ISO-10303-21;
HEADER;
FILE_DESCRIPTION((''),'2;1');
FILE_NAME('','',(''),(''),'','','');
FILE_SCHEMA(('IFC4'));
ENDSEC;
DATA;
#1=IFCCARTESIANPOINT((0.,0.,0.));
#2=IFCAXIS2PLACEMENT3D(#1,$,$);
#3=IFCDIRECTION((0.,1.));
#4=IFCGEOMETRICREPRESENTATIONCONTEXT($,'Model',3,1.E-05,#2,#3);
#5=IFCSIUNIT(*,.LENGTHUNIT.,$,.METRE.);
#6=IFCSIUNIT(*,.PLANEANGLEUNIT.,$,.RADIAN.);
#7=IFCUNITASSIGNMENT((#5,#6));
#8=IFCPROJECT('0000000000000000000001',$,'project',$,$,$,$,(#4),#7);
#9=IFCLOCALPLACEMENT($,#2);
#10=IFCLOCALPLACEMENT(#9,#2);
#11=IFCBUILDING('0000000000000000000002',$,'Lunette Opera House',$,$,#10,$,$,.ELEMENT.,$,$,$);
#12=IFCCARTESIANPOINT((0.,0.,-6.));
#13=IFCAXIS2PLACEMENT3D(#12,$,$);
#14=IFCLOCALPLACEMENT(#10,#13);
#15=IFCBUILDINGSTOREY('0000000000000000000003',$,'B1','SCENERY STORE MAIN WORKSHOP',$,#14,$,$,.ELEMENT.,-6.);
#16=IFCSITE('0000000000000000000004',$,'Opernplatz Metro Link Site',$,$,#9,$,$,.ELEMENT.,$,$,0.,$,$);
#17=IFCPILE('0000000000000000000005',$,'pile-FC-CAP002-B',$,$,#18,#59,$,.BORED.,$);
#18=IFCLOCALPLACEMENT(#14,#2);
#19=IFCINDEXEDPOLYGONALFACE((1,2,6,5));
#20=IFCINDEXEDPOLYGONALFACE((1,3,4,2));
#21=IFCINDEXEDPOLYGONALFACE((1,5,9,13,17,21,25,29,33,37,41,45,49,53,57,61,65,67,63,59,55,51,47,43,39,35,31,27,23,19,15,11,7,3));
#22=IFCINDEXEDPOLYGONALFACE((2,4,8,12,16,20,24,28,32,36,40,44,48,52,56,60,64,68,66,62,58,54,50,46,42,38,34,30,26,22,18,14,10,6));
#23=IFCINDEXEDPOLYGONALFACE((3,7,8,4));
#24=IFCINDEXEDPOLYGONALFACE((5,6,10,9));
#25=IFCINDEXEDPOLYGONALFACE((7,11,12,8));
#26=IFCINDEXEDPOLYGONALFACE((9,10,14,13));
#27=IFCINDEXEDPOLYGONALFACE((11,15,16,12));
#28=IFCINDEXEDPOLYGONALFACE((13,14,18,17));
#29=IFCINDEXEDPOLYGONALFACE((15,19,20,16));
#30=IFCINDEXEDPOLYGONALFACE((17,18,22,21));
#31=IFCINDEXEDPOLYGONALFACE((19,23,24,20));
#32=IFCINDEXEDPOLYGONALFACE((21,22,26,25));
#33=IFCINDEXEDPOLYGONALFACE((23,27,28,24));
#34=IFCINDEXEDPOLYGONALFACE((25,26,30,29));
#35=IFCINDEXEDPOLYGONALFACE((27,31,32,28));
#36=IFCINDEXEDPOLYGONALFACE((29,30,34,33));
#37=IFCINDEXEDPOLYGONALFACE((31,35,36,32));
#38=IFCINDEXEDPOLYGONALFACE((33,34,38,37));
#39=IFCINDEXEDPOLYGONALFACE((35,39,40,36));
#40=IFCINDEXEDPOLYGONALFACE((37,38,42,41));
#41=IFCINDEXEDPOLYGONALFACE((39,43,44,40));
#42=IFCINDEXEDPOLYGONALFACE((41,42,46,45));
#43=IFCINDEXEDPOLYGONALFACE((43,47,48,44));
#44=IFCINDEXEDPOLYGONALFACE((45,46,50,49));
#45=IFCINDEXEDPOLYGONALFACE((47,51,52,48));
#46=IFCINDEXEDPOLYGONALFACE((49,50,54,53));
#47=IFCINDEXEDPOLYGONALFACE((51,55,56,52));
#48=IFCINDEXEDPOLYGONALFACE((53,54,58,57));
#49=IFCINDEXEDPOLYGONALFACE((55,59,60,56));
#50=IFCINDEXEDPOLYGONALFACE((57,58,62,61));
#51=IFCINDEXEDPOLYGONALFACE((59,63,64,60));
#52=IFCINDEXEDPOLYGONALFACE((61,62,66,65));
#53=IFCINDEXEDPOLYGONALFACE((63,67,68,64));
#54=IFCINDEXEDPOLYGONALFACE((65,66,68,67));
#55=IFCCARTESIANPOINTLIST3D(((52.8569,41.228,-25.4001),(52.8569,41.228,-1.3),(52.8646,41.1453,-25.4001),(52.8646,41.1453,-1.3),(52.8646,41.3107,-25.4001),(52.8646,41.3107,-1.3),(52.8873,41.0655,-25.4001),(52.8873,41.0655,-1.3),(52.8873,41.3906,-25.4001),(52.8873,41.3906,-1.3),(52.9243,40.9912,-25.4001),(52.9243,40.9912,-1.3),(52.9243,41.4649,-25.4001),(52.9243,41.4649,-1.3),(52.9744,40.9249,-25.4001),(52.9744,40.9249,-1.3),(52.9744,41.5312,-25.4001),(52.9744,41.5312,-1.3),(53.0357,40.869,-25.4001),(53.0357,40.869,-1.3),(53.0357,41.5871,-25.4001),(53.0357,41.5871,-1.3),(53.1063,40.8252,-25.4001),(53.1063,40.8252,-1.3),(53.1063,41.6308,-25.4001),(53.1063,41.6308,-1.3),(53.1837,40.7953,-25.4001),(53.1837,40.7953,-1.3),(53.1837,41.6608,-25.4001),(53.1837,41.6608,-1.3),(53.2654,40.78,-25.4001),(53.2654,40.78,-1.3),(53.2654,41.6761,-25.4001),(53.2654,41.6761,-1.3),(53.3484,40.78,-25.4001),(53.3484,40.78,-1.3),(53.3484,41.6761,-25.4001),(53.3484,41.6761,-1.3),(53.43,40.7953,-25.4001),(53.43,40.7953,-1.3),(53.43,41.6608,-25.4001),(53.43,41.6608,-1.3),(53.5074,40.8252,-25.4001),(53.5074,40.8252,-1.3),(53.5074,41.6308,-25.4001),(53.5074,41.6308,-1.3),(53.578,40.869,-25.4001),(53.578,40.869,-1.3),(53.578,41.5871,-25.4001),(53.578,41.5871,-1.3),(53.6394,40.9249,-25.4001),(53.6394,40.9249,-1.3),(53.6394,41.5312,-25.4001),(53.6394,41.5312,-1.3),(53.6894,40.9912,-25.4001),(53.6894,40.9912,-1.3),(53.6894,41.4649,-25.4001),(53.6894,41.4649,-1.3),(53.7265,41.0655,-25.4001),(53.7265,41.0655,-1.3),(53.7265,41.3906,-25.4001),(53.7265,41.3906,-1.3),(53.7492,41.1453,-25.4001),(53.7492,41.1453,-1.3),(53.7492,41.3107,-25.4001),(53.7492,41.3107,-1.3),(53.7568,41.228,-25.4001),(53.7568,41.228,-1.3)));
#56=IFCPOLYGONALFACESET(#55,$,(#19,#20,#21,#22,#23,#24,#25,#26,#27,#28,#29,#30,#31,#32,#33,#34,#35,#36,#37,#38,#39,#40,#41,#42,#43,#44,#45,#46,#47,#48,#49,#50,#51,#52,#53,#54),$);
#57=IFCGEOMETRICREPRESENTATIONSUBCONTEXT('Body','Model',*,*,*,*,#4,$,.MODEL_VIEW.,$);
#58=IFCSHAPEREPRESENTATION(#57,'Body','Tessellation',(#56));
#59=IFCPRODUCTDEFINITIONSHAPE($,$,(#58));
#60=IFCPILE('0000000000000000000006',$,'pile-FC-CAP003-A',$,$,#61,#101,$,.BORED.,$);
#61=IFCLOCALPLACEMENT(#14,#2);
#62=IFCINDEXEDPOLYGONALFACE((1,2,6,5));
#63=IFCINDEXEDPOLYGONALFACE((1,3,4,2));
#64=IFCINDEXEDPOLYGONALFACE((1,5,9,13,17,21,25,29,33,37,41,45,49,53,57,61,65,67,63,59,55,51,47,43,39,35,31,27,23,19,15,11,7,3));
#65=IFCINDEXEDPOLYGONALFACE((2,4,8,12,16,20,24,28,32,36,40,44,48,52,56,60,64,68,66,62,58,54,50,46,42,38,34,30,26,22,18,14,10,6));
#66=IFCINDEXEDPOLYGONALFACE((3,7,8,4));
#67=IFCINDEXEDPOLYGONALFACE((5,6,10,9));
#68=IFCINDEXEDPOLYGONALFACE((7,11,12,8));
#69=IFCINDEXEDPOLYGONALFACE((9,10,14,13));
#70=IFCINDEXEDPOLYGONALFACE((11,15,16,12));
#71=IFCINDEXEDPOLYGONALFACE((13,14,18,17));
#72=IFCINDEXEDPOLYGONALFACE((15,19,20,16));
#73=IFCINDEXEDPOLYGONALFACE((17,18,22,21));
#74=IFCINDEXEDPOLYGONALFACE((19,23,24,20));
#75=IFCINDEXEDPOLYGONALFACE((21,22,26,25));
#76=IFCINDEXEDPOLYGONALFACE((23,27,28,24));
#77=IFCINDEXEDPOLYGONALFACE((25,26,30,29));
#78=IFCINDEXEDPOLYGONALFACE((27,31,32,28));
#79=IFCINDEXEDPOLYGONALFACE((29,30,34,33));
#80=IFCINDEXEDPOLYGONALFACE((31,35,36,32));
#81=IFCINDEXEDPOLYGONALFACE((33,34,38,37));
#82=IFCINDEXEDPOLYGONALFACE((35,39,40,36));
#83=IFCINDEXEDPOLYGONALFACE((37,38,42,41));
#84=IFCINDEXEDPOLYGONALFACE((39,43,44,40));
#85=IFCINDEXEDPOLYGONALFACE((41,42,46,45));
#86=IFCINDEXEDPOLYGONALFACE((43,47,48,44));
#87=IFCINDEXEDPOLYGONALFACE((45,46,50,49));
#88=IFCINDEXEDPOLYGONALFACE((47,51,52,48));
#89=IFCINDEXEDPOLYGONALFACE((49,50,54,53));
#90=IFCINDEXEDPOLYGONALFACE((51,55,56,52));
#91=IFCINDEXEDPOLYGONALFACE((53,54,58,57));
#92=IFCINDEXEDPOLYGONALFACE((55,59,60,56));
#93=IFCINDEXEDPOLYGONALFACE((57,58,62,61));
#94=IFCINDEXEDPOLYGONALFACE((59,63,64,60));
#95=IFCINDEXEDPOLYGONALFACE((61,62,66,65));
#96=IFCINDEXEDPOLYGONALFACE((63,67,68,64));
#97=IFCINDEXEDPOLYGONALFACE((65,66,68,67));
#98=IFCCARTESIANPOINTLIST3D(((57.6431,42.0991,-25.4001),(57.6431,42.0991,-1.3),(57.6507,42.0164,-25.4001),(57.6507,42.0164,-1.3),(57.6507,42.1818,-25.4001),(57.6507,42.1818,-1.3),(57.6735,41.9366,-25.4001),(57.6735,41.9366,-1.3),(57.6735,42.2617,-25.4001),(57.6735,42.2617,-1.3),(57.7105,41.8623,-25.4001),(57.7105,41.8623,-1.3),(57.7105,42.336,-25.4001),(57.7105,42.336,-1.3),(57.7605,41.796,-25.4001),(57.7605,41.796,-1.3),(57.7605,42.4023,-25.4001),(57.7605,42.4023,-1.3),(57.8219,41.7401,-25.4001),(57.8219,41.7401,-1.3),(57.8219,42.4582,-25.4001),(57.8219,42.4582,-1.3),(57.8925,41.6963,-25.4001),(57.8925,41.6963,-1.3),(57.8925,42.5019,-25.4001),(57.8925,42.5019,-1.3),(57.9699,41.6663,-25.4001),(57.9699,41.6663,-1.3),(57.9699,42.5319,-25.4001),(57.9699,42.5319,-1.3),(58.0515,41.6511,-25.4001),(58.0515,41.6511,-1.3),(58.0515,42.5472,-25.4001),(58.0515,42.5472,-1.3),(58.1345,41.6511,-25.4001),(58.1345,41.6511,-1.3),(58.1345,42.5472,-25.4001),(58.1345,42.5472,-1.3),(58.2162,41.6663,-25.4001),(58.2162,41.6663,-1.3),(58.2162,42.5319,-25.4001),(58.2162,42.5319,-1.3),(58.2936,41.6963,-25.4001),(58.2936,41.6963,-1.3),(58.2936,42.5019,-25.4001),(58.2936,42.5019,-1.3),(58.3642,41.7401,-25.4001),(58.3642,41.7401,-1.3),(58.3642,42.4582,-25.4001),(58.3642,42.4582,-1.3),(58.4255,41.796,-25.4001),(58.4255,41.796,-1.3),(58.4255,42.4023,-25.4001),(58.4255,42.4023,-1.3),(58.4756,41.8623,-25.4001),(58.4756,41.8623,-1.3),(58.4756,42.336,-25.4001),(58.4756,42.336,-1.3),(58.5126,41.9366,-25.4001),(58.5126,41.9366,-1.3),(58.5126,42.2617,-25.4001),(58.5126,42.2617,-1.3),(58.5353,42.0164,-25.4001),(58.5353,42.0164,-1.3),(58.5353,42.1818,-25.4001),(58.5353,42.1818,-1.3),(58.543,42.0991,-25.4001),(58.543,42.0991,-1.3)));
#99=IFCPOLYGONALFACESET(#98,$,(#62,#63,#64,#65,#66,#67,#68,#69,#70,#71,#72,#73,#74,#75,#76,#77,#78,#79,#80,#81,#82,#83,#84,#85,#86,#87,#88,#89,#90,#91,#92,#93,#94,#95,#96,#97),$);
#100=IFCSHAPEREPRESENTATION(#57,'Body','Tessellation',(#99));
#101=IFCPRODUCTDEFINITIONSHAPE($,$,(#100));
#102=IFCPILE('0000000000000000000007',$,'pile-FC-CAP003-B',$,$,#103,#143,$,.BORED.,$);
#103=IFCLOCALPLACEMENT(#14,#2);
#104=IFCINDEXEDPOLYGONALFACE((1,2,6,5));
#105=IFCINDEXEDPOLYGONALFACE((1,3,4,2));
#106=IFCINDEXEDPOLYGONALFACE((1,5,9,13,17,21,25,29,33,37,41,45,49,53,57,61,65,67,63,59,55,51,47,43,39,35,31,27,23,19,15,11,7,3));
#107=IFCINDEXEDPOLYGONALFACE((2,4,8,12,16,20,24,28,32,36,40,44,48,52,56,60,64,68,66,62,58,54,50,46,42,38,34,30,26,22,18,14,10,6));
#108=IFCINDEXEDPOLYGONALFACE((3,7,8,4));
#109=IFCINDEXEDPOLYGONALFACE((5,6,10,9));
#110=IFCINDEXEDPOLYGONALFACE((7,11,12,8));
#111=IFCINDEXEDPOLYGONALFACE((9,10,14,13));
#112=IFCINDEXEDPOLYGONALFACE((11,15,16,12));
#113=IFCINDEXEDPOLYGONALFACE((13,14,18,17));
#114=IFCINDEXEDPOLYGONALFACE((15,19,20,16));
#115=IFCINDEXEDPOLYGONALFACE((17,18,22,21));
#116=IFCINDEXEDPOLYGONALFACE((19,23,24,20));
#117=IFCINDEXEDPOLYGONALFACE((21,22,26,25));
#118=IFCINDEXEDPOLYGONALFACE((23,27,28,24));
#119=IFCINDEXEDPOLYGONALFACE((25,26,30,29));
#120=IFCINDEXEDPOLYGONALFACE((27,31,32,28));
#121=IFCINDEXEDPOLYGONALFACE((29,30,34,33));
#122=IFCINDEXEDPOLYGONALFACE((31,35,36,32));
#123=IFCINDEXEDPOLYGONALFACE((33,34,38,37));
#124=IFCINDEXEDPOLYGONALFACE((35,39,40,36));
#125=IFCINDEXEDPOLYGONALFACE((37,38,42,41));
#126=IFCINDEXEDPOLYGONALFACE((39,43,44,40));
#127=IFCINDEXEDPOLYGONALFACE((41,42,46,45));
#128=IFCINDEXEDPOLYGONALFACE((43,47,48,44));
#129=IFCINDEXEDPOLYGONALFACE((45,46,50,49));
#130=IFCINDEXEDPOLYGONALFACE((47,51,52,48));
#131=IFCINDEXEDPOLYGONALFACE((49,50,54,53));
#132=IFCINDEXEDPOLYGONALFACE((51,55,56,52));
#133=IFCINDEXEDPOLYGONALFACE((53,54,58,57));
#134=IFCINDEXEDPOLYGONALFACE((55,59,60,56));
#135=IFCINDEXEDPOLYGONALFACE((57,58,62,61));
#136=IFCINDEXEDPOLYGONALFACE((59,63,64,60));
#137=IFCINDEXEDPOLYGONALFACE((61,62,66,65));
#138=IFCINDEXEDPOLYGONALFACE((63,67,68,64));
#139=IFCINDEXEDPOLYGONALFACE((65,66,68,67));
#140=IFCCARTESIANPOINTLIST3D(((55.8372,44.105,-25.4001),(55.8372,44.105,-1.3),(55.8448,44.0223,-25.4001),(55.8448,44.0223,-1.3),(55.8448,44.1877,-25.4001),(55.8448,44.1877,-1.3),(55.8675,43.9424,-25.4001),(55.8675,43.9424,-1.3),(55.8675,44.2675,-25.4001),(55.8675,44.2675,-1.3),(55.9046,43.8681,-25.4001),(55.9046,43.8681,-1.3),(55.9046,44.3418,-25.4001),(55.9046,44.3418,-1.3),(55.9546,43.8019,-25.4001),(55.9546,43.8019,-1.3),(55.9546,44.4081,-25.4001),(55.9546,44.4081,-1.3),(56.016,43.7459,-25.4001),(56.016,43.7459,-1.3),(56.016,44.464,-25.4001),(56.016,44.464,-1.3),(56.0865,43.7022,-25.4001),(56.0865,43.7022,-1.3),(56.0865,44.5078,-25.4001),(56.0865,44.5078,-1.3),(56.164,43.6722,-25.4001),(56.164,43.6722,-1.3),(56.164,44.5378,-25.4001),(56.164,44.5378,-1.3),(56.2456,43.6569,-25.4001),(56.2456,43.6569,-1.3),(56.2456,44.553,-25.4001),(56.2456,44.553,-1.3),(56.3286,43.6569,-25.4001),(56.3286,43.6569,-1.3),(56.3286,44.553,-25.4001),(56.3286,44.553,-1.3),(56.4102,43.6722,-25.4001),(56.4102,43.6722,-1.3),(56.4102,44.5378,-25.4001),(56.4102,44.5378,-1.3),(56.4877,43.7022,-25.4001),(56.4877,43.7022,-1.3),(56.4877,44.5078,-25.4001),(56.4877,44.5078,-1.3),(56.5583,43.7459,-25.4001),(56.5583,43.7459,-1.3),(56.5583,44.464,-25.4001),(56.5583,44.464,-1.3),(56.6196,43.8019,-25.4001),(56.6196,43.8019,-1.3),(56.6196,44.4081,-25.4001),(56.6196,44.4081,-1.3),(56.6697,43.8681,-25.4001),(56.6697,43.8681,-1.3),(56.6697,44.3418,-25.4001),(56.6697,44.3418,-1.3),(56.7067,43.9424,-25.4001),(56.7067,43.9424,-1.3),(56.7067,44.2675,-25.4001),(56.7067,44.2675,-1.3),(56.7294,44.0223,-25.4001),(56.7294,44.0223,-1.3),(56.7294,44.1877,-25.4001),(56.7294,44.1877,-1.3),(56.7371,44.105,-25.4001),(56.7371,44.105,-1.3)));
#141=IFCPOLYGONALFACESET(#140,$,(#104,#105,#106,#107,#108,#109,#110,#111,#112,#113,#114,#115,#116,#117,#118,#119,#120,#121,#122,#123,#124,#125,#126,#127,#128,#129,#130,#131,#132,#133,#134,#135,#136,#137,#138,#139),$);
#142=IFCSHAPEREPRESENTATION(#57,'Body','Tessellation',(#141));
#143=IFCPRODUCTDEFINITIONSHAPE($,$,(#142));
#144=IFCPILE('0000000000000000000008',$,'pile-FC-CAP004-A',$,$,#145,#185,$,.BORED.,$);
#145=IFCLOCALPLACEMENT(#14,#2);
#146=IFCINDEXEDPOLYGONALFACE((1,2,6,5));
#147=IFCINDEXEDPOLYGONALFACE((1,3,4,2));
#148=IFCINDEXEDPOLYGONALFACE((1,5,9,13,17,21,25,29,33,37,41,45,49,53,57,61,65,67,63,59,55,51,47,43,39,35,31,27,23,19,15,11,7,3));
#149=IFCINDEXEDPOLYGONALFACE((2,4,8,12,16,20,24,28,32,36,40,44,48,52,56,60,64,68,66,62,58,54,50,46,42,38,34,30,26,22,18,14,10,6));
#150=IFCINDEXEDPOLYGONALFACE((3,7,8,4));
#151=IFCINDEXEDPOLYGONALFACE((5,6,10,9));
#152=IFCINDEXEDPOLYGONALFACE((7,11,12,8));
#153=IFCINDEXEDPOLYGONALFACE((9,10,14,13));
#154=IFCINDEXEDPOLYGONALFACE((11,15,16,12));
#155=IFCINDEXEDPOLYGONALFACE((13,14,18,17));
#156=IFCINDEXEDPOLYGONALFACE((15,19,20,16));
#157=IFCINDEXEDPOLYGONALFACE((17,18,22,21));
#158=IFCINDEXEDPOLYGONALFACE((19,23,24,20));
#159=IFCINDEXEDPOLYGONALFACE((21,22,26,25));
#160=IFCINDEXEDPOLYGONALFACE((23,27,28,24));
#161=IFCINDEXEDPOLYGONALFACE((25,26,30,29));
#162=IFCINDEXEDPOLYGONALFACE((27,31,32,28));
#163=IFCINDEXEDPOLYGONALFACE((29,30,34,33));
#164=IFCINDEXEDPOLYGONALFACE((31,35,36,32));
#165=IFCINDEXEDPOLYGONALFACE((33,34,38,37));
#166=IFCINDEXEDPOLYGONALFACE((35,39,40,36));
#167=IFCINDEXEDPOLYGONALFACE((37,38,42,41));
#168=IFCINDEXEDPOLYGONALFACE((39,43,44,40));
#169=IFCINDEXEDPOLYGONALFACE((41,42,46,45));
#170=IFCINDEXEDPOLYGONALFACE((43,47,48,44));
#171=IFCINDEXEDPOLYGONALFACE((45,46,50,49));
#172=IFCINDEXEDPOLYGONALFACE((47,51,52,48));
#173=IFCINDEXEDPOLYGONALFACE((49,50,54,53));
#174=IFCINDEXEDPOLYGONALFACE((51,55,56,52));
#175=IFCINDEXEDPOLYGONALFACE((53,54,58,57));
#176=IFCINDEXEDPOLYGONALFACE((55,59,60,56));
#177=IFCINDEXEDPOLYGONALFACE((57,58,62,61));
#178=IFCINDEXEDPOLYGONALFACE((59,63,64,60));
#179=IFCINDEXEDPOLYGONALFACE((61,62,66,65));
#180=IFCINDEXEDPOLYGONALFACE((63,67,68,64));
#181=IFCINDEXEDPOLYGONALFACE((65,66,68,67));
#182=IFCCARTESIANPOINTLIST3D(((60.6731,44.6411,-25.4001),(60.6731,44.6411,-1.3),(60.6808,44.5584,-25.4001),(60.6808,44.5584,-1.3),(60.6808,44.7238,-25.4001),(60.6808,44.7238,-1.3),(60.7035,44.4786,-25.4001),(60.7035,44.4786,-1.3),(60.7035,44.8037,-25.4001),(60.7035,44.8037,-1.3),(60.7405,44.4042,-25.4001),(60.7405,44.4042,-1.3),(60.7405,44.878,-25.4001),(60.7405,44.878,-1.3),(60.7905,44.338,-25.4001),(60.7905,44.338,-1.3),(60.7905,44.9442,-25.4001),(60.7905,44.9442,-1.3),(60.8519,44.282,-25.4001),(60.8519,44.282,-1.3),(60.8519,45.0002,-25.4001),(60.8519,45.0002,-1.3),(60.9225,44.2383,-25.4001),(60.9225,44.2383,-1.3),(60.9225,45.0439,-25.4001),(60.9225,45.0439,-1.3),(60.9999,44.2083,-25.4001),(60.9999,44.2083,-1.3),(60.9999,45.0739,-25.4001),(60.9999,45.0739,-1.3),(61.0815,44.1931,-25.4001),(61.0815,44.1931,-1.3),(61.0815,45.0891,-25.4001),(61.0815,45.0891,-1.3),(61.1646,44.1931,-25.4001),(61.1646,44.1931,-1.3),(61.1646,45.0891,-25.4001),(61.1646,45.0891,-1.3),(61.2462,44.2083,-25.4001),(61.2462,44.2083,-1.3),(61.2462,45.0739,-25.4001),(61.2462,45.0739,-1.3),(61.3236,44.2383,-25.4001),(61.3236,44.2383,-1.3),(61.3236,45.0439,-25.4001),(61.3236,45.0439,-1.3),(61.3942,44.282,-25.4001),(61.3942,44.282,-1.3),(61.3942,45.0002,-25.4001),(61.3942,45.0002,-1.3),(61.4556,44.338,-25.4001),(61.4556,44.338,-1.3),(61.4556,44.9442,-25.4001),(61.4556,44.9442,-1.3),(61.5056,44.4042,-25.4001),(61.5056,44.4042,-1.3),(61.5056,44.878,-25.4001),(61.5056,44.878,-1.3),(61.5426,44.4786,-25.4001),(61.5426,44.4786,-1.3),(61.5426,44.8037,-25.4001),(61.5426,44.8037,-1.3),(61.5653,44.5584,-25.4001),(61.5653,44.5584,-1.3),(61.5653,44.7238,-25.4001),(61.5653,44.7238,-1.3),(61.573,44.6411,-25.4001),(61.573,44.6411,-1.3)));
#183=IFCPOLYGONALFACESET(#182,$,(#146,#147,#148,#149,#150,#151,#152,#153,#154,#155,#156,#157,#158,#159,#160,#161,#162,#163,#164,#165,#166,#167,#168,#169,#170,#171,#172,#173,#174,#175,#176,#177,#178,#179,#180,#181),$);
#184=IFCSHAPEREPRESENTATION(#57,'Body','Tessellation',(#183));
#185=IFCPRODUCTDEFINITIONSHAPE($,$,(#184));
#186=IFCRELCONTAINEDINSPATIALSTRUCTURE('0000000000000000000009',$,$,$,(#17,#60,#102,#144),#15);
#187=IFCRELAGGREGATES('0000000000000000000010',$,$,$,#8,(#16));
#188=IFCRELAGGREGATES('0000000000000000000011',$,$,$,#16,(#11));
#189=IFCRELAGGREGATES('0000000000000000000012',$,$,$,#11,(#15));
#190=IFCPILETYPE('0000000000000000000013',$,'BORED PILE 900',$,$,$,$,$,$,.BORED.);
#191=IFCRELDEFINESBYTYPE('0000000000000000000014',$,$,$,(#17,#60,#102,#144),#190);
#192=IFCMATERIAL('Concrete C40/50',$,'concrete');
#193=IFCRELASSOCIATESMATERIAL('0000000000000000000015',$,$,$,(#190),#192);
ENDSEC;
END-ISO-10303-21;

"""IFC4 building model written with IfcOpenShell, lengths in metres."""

from ifc_helpers import new_model, si_unit, direction, frame, origin, origin_2d, place, context, subcontext, project, spatial, circle, extrude, material, material_profile, profile_set, type_object, element, save


model = new_model("IFC4")

# Units and contexts
model_context = context("Model", 3, precision=1e-05, world=origin(), true_north=direction((0.0, 1.0)))
body_context = subcontext(model_context, "Body", "Model", "MODEL_VIEW")
ifc_project = project(units=[si_unit("LENGTHUNIT", "METRE"), si_unit("PLANEANGLEUNIT", "RADIAN")], contexts=[model_context])

# Site, building, storey
site_placement = place(None, origin())
site = spatial("IfcSite", under=ifc_project, at=site_placement, Name="Opernplatz Metro Link Site", CompositionType="ELEMENT", RefElevation=0.0)
building_placement = place(site_placement, origin())
building = spatial("IfcBuilding", under=site, at=building_placement, Name="Lunette Opera House", CompositionType="ELEMENT")
storey_placement = place(building_placement, frame((0.0, 0.0, -6.0)))
storey = spatial("IfcBuildingStorey", under=building, at=storey_placement, Name="B1", Description="SCENERY STORE MAIN WORKSHOP", CompositionType="ELEMENT", Elevation=-6.0)

# Piles
ifc_material_1 = material(Name="Concrete C40/50", Category="concrete")
ifc_material_profile_1 = material_profile(ifc_material_1, circle(Radius=0.45, at=origin_2d()), Name="BORED PILE 900")
ifc_profile_set_1 = profile_set([ifc_material_profile_1], Name="Concrete C40/50")
pile_type = type_object("IfcPileType", Name="BORED PILE 900", PredefinedType="BORED", material=ifc_profile_set_1)
for number, where, z_axis, x_axis, name in (
    (1, (53.3069, 41.228, -1.3), (0.0, 0.0, -1.0), (1.0, 0.0, 0.0), "pile-FC-CAP002-B"),
    (2, (58.093, 42.0991, -1.3), (0.0, 0.0, -1.0), (1.0, 0.0, 0.0), "pile-FC-CAP003-A"),
    (3, (56.2871, 44.105, -1.3), (0.0, 0.0, -1.0), (1.0, 0.0, 0.0), "pile-FC-CAP003-B"),
    (4, (61.123, 44.6411, -1.3), (0.0, 0.0, -1.0), (1.0, 0.0, 0.0), "pile-FC-CAP004-A"),
):
    element("IfcPile", number, at=place(storey_placement, frame(where, z_axis=z_axis, x_axis=x_axis)), inside=storey, type_object=pile_type, Name=name, PredefinedType="BORED", context=body_context, shape_type="SweptSolid", body=[
        extrude(circle(Radius=0.45, at=origin_2d()), origin(), (0.0, 0.0, 1.0), 24.1001),
    ])

save(model, "model.ifc")
